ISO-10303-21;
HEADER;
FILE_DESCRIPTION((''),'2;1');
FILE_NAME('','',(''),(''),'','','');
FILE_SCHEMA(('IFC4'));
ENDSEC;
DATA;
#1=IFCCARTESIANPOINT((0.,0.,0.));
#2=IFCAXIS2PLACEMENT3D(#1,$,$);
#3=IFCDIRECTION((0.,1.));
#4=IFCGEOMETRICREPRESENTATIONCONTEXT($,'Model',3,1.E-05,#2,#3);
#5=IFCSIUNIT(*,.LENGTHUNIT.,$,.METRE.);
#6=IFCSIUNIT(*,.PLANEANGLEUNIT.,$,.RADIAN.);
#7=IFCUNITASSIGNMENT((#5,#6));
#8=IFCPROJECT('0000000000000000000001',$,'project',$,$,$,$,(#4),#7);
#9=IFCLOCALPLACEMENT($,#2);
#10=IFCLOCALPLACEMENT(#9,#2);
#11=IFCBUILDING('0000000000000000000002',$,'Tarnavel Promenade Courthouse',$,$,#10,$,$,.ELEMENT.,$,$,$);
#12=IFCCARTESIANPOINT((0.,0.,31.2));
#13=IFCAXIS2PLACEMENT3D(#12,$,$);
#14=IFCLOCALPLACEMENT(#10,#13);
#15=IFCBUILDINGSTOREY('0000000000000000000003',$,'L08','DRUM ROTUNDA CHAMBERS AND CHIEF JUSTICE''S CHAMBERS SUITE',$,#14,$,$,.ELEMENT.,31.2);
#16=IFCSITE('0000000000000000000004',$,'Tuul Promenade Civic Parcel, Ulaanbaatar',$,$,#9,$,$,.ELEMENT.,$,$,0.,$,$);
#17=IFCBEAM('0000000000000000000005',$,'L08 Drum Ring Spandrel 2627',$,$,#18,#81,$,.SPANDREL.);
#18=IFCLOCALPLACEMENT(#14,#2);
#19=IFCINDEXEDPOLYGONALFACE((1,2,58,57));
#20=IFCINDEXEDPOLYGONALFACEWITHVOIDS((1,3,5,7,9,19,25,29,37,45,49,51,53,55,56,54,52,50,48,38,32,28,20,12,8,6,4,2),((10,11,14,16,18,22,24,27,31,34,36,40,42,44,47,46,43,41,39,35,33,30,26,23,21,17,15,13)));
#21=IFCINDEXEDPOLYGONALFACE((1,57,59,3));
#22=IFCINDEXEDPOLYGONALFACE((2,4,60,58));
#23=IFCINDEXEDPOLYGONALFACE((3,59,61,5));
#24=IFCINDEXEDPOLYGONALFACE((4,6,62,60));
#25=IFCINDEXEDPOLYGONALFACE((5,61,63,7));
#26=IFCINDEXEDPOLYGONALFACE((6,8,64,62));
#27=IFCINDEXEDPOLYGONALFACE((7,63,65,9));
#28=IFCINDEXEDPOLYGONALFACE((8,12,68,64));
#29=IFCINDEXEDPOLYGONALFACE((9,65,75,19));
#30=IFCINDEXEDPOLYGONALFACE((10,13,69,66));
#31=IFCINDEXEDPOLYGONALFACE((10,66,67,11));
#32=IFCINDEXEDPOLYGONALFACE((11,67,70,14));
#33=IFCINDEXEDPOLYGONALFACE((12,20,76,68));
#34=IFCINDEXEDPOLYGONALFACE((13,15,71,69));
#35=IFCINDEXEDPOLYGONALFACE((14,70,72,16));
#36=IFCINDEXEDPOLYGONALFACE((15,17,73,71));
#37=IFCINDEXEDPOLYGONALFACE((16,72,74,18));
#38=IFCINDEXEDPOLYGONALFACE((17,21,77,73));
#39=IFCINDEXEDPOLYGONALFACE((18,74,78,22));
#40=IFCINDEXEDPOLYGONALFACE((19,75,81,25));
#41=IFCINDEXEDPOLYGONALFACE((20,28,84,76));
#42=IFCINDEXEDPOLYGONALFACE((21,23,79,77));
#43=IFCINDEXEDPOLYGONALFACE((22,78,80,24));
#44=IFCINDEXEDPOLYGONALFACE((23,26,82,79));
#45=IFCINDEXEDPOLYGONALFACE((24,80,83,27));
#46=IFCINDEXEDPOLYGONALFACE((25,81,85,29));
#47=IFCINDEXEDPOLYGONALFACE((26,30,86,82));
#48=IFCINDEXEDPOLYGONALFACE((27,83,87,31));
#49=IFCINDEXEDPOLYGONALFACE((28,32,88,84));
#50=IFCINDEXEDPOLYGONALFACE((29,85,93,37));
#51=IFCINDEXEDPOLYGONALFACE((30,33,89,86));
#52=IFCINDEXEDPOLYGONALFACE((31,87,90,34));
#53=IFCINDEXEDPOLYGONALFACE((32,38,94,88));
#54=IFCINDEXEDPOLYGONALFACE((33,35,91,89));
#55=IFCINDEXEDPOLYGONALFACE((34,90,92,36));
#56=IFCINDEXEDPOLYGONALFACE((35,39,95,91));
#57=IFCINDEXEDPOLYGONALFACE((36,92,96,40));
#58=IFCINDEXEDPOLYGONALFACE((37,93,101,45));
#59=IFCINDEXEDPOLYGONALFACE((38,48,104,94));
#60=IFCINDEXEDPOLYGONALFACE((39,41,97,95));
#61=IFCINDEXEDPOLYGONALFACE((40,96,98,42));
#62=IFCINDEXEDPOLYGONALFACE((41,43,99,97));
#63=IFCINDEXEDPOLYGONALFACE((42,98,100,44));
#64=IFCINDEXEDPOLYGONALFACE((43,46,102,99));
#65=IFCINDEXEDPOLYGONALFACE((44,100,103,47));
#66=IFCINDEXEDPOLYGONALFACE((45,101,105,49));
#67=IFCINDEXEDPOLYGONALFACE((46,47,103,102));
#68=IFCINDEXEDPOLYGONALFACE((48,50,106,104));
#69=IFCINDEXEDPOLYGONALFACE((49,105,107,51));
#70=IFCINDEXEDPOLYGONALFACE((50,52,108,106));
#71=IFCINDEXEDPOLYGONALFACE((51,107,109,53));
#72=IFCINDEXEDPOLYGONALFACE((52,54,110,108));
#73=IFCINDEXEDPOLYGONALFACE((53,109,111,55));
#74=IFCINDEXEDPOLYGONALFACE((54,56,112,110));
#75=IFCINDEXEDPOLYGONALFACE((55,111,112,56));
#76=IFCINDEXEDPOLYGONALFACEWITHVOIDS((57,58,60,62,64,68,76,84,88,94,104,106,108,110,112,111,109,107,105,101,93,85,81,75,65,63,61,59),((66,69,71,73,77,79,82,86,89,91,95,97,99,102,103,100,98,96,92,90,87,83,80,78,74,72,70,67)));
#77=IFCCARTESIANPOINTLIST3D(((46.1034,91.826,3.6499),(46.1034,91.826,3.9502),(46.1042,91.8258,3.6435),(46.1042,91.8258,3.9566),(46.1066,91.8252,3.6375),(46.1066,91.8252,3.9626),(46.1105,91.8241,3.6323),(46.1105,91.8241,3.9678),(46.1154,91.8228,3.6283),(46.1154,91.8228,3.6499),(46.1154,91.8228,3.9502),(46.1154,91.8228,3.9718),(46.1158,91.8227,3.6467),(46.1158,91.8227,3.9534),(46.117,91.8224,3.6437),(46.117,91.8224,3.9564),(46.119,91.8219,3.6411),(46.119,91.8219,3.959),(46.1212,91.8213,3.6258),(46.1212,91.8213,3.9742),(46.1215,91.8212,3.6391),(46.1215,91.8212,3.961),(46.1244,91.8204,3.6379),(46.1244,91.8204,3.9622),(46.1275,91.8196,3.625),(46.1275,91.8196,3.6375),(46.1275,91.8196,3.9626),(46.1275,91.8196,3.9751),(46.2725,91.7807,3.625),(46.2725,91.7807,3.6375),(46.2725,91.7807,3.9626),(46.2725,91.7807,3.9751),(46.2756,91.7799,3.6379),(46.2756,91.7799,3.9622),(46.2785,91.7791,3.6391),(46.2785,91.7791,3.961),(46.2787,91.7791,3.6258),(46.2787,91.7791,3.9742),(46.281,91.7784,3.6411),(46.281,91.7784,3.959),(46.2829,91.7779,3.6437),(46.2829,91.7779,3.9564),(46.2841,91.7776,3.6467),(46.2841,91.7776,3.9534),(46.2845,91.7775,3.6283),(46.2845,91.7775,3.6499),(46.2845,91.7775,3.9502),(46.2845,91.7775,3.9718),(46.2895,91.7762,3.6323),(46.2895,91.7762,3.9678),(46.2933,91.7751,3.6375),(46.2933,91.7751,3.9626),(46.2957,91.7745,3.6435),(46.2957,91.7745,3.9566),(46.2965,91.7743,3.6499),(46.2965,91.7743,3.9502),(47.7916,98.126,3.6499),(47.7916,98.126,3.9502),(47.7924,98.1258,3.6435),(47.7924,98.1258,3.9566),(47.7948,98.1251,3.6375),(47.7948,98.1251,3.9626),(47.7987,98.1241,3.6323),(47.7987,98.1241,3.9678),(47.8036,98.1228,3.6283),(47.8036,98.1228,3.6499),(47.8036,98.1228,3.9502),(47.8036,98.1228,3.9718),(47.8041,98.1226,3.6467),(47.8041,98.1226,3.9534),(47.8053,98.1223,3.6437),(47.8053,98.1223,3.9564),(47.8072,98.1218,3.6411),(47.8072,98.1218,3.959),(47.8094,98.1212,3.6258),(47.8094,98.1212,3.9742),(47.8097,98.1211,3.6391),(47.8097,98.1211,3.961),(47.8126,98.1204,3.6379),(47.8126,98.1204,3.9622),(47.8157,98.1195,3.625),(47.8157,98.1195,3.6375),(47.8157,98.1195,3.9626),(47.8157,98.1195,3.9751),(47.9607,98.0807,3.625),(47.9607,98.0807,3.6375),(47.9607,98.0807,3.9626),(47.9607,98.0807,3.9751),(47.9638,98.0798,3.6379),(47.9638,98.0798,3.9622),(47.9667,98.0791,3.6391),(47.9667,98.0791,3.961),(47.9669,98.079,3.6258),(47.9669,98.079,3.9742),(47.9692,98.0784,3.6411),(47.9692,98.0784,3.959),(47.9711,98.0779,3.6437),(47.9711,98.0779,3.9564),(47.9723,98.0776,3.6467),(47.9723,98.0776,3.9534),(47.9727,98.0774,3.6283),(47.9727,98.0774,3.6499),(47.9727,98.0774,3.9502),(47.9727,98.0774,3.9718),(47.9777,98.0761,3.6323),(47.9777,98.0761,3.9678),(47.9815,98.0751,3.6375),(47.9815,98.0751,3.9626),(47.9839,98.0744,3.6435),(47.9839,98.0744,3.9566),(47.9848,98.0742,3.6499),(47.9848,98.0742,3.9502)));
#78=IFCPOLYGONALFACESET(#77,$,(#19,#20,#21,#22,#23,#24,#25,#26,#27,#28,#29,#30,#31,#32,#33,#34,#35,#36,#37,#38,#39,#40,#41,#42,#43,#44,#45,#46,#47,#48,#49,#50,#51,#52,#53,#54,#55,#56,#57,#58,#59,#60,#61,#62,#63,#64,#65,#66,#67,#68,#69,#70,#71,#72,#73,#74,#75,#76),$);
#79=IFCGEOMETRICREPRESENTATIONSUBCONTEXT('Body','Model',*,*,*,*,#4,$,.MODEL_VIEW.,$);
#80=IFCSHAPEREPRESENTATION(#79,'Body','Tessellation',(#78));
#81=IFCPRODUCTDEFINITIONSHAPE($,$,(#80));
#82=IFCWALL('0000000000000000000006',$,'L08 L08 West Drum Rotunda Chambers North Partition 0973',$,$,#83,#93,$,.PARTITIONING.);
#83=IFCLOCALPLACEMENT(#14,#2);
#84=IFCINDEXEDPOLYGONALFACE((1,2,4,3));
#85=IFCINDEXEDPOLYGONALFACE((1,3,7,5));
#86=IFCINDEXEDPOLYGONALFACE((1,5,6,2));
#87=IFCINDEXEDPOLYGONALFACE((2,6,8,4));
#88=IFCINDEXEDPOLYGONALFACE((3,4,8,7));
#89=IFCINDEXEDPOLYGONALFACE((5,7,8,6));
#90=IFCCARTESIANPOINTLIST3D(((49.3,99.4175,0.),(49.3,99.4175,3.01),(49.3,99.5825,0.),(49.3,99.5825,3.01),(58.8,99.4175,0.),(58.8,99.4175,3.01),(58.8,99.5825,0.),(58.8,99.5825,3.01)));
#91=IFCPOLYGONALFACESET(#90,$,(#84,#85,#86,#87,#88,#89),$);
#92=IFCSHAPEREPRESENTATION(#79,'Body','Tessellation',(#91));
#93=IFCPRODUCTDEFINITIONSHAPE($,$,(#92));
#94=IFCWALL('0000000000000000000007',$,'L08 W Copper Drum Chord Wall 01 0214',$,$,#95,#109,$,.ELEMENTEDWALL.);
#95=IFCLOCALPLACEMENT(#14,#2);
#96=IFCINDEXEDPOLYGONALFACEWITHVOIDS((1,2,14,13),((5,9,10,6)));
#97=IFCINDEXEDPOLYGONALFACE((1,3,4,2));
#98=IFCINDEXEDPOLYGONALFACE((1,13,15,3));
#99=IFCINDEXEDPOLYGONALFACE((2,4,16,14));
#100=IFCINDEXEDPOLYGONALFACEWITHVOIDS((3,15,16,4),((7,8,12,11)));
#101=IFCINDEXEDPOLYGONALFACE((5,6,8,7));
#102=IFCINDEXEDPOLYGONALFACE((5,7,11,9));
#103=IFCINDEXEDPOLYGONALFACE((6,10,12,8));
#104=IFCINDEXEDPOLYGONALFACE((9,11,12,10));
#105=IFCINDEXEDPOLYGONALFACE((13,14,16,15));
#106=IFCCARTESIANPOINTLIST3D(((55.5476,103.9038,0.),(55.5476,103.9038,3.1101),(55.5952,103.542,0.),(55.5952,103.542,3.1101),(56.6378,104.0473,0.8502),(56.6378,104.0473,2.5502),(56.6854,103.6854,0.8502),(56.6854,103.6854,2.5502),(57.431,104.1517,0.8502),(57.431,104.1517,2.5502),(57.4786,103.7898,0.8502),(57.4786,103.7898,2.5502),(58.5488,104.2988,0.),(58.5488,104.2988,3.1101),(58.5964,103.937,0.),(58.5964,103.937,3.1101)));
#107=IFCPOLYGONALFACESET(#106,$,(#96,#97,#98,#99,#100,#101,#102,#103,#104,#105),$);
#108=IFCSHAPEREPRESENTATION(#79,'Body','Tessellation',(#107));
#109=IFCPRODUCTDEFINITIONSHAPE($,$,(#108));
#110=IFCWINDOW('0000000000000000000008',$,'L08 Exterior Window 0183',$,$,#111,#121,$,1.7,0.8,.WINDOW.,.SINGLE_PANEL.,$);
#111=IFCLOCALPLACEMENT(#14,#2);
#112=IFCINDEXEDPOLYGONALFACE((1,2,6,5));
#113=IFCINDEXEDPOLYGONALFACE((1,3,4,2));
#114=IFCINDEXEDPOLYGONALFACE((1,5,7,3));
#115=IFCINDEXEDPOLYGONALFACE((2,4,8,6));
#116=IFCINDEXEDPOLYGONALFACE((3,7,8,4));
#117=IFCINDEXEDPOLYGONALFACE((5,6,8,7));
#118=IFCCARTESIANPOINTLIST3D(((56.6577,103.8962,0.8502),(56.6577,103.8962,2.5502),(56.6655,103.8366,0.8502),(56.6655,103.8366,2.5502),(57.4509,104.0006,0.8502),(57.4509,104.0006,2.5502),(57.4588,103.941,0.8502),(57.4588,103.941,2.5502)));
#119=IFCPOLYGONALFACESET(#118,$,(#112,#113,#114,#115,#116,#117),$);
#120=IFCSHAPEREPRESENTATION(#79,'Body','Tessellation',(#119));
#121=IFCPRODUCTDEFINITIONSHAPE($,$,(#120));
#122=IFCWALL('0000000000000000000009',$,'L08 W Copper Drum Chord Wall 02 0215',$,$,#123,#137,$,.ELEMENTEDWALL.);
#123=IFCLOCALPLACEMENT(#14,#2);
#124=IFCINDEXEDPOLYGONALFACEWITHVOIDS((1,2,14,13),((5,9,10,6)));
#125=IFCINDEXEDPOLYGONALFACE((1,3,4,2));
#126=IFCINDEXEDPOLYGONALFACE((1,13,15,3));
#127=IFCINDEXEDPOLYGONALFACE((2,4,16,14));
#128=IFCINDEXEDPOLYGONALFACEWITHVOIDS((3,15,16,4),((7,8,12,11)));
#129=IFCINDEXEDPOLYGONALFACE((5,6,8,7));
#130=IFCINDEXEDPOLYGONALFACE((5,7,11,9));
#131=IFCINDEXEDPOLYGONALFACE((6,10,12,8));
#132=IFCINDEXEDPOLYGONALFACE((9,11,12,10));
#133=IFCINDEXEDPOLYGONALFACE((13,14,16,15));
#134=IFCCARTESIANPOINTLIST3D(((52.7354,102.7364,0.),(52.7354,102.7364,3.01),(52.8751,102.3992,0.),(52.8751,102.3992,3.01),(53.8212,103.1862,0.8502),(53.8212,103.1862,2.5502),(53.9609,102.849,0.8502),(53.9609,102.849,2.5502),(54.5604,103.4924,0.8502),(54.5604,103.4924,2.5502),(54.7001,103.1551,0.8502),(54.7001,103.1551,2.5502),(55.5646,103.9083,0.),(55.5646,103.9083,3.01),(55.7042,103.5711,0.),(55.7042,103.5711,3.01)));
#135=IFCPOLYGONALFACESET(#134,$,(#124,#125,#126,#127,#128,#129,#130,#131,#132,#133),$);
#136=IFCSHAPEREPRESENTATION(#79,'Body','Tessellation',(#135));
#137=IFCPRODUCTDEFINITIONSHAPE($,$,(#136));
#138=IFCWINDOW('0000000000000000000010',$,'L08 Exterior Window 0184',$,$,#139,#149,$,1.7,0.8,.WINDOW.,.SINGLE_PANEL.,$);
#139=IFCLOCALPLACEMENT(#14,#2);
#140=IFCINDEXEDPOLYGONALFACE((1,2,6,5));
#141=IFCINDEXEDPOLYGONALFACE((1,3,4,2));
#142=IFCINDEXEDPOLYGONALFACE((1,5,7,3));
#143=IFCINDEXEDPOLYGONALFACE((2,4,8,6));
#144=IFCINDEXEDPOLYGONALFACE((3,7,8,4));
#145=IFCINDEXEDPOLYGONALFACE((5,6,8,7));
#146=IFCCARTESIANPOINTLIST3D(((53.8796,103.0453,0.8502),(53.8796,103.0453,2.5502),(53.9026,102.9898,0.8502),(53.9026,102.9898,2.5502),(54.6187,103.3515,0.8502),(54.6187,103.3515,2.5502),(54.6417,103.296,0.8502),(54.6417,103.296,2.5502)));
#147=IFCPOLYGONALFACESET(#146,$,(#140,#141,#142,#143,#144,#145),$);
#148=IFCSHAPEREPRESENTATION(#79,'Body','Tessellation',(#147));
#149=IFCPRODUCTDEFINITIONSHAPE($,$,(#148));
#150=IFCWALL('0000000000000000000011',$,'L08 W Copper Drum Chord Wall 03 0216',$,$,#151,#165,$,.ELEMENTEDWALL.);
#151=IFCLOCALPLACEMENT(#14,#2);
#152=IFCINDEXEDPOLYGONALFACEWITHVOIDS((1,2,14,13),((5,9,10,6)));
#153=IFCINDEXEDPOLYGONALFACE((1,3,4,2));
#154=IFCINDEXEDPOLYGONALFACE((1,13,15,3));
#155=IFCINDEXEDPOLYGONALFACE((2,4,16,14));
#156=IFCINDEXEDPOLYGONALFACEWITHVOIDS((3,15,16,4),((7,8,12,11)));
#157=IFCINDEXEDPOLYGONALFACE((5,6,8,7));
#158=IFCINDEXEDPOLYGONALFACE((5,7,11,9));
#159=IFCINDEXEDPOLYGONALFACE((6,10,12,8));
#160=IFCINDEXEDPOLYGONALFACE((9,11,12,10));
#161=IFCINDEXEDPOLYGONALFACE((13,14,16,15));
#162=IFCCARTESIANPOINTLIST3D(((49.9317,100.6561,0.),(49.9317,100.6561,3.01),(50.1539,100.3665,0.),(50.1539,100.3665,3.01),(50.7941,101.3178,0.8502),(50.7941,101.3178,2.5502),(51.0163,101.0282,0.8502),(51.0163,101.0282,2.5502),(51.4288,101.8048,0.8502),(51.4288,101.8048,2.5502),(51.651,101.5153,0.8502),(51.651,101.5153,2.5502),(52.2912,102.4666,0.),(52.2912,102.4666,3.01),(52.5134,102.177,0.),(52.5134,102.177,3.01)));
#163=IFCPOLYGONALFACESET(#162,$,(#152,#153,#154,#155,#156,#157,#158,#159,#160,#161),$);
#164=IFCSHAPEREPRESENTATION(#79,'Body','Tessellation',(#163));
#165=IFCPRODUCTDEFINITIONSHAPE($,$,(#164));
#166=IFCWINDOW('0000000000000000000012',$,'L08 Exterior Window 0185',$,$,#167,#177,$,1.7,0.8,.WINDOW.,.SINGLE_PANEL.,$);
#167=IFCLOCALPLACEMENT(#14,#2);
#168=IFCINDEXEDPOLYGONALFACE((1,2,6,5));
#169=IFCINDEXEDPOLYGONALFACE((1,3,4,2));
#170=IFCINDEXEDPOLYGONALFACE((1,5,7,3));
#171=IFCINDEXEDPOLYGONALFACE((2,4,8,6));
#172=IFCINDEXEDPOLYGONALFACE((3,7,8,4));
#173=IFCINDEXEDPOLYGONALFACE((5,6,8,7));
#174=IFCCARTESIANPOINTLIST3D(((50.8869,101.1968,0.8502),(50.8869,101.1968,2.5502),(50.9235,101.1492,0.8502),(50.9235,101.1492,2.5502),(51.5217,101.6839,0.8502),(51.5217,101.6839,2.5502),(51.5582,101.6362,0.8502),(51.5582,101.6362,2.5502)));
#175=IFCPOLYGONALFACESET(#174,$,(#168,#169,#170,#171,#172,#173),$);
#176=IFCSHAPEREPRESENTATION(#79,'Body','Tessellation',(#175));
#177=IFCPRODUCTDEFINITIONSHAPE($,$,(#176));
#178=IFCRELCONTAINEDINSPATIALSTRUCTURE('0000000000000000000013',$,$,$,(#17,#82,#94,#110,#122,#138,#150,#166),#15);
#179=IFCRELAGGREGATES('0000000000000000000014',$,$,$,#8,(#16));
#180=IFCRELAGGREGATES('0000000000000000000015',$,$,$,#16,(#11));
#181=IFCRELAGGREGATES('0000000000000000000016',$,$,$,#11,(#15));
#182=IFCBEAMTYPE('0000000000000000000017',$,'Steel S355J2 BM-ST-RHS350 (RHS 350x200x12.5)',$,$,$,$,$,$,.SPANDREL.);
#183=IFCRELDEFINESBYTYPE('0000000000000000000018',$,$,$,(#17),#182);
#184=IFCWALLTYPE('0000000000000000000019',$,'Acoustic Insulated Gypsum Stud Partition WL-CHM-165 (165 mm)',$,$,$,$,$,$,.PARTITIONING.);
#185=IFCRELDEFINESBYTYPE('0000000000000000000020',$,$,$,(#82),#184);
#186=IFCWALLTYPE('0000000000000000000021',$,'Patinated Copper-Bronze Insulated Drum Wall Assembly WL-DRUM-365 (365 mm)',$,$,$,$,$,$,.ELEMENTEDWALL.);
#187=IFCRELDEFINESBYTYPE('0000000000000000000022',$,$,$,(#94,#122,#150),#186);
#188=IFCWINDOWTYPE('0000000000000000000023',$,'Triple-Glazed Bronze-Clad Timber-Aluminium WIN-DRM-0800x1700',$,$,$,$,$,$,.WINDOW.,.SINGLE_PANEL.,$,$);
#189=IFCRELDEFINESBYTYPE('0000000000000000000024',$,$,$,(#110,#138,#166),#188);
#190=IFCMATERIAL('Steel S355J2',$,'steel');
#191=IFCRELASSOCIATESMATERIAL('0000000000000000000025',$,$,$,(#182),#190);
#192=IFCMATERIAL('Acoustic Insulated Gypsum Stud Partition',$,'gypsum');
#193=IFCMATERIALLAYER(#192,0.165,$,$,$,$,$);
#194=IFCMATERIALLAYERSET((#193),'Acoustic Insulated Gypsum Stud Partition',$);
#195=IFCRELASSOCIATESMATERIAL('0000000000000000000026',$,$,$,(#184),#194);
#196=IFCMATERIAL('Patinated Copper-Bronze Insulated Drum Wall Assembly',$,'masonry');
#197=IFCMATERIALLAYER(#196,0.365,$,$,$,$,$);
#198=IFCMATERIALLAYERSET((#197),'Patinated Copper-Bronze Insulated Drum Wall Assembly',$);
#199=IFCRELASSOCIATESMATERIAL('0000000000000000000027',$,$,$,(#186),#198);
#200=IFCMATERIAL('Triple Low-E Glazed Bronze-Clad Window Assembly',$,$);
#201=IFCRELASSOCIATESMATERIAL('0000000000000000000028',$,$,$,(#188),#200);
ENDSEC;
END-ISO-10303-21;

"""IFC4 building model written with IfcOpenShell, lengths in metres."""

from ifc_helpers import new_model, si_unit, direction, frame, frame_2d, origin, origin_2d, place, context, subcontext, project, spatial, rectangle, hollow_rectangle, extrude, material, layer, layer_set, material_profile, profile_set, type_object, element, fill, save


model = new_model("IFC4")

# Units and contexts
model_context = context("Model", 3, precision=1e-05, world=origin(), true_north=direction((0.0, 1.0)))
body_context = subcontext(model_context, "Body", "Model", "MODEL_VIEW")
ifc_project = project(units=[si_unit("LENGTHUNIT", "METRE"), si_unit("PLANEANGLEUNIT", "RADIAN")], contexts=[model_context])

# Site, building, storey
site_placement = place(None, origin())
site = spatial("IfcSite", under=ifc_project, at=site_placement, Name="Tuul Promenade Civic Parcel, Ulaanbaatar", CompositionType="ELEMENT", RefElevation=0.0)
building_placement = place(site_placement, origin())
building = spatial("IfcBuilding", under=site, at=building_placement, Name="Tarnavel Promenade Courthouse", CompositionType="ELEMENT")
storey_placement = place(building_placement, frame((0.0, 0.0, 31.2)))
storey = spatial("IfcBuildingStorey", under=building, at=storey_placement, Name="L08", Description="DRUM ROTUNDA CHAMBERS AND CHIEF JUSTICE'S CHAMBERS SUITE", CompositionType="ELEMENT", Elevation=31.2)

# Beam
ifc_material_1 = material(Name="Steel S355J2", Category="steel")
ifc_material_profile_1 = material_profile(ifc_material_1, hollow_rectangle(XDim=0.2, YDim=0.3501, WallThickness=0.0125, InnerFilletRadius=0.0125, OuterFilletRadius=0.0249, at=origin_2d()), Name="RHS 350x200x12.5")
ifc_profile_set_1 = profile_set([ifc_material_profile_1], Name="Steel S355J2")
beam_type = type_object("IfcBeamType", Name="Steel S355J2 BM-ST-RHS350 (RHS 350x200x12.5)", PredefinedType="SPANDREL", material=ifc_profile_set_1)
beam_1_placement = place(storey_placement, frame((47.8882, 98.1001, 3.8), z_axis=(-0.258839, -0.96592, 0.0), x_axis=(0.96592, -0.258839, 0.0)))
element("IfcBeam", 1, at=beam_1_placement, inside=storey, type_object=beam_type, Name="L08 Drum Ring Spandrel 2627", PredefinedType="SPANDREL", context=body_context, shape_type="SweptSolid", body=[
    extrude(hollow_rectangle(XDim=0.2, YDim=0.3501, WallThickness=0.0125, InnerFilletRadius=0.0125, OuterFilletRadius=0.0249, at=origin_2d()), origin(), (0.0, 0.0, 1.0), 6.5222),
])

# Wall
ifc_material_2 = material(Name="Acoustic Insulated Gypsum Stud Partition", Category="gypsum")
ifc_layer_1 = layer(ifc_material_2, 0.165)
ifc_layer_set_1 = layer_set([ifc_layer_1], Name="Acoustic Insulated Gypsum Stud Partition")
wall_type_1 = type_object("IfcWallType", Name="Acoustic Insulated Gypsum Stud Partition WL-CHM-165 (165 mm)", PredefinedType="PARTITIONING", material=ifc_layer_set_1)
wall_1_placement = place(storey_placement, frame((49.3, 99.5, 0.0), z_axis=(0.0, 0.0, 1.0), x_axis=(1.0, 0.0, 0.0)))
element("IfcWall", 2, at=wall_1_placement, inside=storey, type_object=wall_type_1, Name="L08 L08 West Drum Rotunda Chambers North Partition 0973", PredefinedType="PARTITIONING", context=body_context, shape_type="SweptSolid", body=[
    extrude(rectangle(XDim=9.5, YDim=0.165, at=frame_2d((4.75, 0.0))), origin(), (0.0, 0.0, 1.0), 3.01),
])

# Walls, openings, windows
ifc_material_3 = material(Name="Patinated Copper-Bronze Insulated Drum Wall Assembly", Category="masonry")
ifc_layer_2 = layer(ifc_material_3, 0.365)
ifc_layer_set_2 = layer_set([ifc_layer_2], Name="Patinated Copper-Bronze Insulated Drum Wall Assembly")
wall_type_2 = type_object("IfcWallType", Name="Patinated Copper-Bronze Insulated Drum Wall Assembly WL-DRUM-365 (365 mm)", PredefinedType="ELEMENTEDWALL", material=ifc_layer_set_2)
wall_2_placement = place(storey_placement, frame((58.5728, 104.1179, 0.0), z_axis=(0.0, 0.0, 1.0), x_axis=(-0.991449, -0.130494, 0.0)))
wall_2 = element("IfcWall", 3, at=wall_2_placement, inside=storey, type_object=wall_type_2, Name="L08 W Copper Drum Chord Wall 01 0214", PredefinedType="ELEMENTEDWALL", context=body_context, shape_type="SweptSolid", body=[
    extrude(rectangle(XDim=3.0271, YDim=0.365, at=frame_2d((1.5137, 0.0))), origin(), (0.0, 0.0, 1.0), 3.1101),
])
opening_1_placement = place(wall_2_placement, frame((1.1277, 0.0, 0.8501)))
opening_1 = element("IfcOpeningElement", 4, at=opening_1_placement, cuts=wall_2, PredefinedType="OPENING", context=body_context, shape_type="SweptSolid", body=[
    extrude(rectangle(XDim=0.8, YDim=1.7, at=frame_2d((0.3999, 0.8501))), frame((0.0, 0.1924, 0.0), z_axis=(0.0, -1.0, 0.0), x_axis=(1.0, 0.0, 0.0)), (0.0, 0.0, 1.0), 0.385),
])
ifc_material_4 = material(Name="Triple Low-E Glazed Bronze-Clad Window Assembly")
window_type = type_object("IfcWindowType", Name="Triple-Glazed Bronze-Clad Timber-Aluminium WIN-DRM-0800x1700", PartitioningType="SINGLE_PANEL", PredefinedType="WINDOW", material=ifc_material_4)
window_1_placement = place(opening_1_placement, origin())
window_1 = element("IfcWindow", 5, at=window_1_placement, inside=storey, type_object=window_type, Name="L08 Exterior Window 0183", OverallHeight=1.7, OverallWidth=0.8, PartitioningType="SINGLE_PANEL", PredefinedType="WINDOW", context=body_context, shape_type="SweptSolid", body=[
    extrude(rectangle(XDim=0.8, YDim=1.7, at=frame_2d((0.3999, 0.8501))), frame((0.0, 0.03, 0.0), z_axis=(0.0, -1.0, 0.0), x_axis=(1.0, 0.0, 0.0)), (0.0, 0.0, 1.0), 0.0601),
])
fill(opening_1, window_1)
wall_3_placement = place(storey_placement, frame((55.6345, 103.7397, 0.0), z_axis=(0.0, 0.0, 1.0), x_axis=(-0.923877, -0.38269, 0.0)))
wall_3 = element("IfcWall", 6, at=wall_3_placement, inside=storey, type_object=wall_type_2, Name="L08 W Copper Drum Chord Wall 02 0215", PredefinedType="ELEMENTEDWALL", context=body_context, shape_type="SweptSolid", body=[
    extrude(rectangle(XDim=3.0623, YDim=0.365, at=frame_2d((1.5312, 0.0))), origin(), (0.0, 0.0, 1.0), 3.01),
])
opening_2_placement = place(wall_3_placement, frame((1.0872, 0.0, 0.8501)))
opening_2 = element("IfcOpeningElement", 7, at=opening_2_placement, cuts=wall_3, PredefinedType="OPENING", context=body_context, shape_type="SweptSolid", body=[
    extrude(rectangle(XDim=0.8, YDim=1.7, at=frame_2d((0.3999, 0.8501))), frame((0.0, 0.1924, 0.0), z_axis=(0.0, -1.0, 0.0), x_axis=(1.0, 0.0, 0.0)), (0.0, 0.0, 1.0), 0.385),
])
window_2_placement = place(opening_2_placement, origin())
window_2 = element("IfcWindow", 8, at=window_2_placement, inside=storey, type_object=window_type, Name="L08 Exterior Window 0184", OverallHeight=1.7, OverallWidth=0.8, PartitioningType="SINGLE_PANEL", PredefinedType="WINDOW", context=body_context, shape_type="SweptSolid", body=[
    extrude(rectangle(XDim=0.8, YDim=1.7, at=frame_2d((0.3999, 0.8501))), frame((0.0, 0.03, 0.0), z_axis=(0.0, -1.0, 0.0), x_axis=(1.0, 0.0, 0.0)), (0.0, 0.0, 1.0), 0.0601),
])
fill(opening_2, window_2)
wall_4_placement = place(storey_placement, frame((52.4023, 102.3218, 0.0), z_axis=(0.0, 0.0, 1.0), x_axis=(-0.793362, -0.60875, 0.0)))
wall_4 = element("IfcWall", 9, at=wall_4_placement, inside=storey, type_object=wall_type_2, Name="L08 W Copper Drum Chord Wall 03 0216", PredefinedType="ELEMENTEDWALL", context=body_context, shape_type="SweptSolid", body=[
    extrude(rectangle(XDim=2.9741, YDim=0.365, at=frame_2d((1.4871, 0.0))), origin(), (0.0, 0.0, 1.0), 3.01),
])
opening_3_placement = place(wall_4_placement, frame((1.0872, 0.0, 0.8501)))
opening_3 = element("IfcOpeningElement", 10, at=opening_3_placement, cuts=wall_4, PredefinedType="OPENING", context=body_context, shape_type="SweptSolid", body=[
    extrude(rectangle(XDim=0.8, YDim=1.7, at=frame_2d((0.3999, 0.8501))), frame((0.0, 0.1924, 0.0), z_axis=(0.0, -1.0, 0.0), x_axis=(1.0, 0.0, 0.0)), (0.0, 0.0, 1.0), 0.385),
])
window_3_placement = place(opening_3_placement, origin())
window_3 = element("IfcWindow", 11, at=window_3_placement, inside=storey, type_object=window_type, Name="L08 Exterior Window 0185", OverallHeight=1.7, OverallWidth=0.8, PartitioningType="SINGLE_PANEL", PredefinedType="WINDOW", context=body_context, shape_type="SweptSolid", body=[
    extrude(rectangle(XDim=0.8, YDim=1.7, at=frame_2d((0.3999, 0.8501))), frame((0.0, 0.03, 0.0), z_axis=(0.0, -1.0, 0.0), x_axis=(1.0, 0.0, 0.0)), (0.0, 0.0, 1.0), 0.0601),
])
fill(opening_3, window_3)

save(model, "model.ifc")
